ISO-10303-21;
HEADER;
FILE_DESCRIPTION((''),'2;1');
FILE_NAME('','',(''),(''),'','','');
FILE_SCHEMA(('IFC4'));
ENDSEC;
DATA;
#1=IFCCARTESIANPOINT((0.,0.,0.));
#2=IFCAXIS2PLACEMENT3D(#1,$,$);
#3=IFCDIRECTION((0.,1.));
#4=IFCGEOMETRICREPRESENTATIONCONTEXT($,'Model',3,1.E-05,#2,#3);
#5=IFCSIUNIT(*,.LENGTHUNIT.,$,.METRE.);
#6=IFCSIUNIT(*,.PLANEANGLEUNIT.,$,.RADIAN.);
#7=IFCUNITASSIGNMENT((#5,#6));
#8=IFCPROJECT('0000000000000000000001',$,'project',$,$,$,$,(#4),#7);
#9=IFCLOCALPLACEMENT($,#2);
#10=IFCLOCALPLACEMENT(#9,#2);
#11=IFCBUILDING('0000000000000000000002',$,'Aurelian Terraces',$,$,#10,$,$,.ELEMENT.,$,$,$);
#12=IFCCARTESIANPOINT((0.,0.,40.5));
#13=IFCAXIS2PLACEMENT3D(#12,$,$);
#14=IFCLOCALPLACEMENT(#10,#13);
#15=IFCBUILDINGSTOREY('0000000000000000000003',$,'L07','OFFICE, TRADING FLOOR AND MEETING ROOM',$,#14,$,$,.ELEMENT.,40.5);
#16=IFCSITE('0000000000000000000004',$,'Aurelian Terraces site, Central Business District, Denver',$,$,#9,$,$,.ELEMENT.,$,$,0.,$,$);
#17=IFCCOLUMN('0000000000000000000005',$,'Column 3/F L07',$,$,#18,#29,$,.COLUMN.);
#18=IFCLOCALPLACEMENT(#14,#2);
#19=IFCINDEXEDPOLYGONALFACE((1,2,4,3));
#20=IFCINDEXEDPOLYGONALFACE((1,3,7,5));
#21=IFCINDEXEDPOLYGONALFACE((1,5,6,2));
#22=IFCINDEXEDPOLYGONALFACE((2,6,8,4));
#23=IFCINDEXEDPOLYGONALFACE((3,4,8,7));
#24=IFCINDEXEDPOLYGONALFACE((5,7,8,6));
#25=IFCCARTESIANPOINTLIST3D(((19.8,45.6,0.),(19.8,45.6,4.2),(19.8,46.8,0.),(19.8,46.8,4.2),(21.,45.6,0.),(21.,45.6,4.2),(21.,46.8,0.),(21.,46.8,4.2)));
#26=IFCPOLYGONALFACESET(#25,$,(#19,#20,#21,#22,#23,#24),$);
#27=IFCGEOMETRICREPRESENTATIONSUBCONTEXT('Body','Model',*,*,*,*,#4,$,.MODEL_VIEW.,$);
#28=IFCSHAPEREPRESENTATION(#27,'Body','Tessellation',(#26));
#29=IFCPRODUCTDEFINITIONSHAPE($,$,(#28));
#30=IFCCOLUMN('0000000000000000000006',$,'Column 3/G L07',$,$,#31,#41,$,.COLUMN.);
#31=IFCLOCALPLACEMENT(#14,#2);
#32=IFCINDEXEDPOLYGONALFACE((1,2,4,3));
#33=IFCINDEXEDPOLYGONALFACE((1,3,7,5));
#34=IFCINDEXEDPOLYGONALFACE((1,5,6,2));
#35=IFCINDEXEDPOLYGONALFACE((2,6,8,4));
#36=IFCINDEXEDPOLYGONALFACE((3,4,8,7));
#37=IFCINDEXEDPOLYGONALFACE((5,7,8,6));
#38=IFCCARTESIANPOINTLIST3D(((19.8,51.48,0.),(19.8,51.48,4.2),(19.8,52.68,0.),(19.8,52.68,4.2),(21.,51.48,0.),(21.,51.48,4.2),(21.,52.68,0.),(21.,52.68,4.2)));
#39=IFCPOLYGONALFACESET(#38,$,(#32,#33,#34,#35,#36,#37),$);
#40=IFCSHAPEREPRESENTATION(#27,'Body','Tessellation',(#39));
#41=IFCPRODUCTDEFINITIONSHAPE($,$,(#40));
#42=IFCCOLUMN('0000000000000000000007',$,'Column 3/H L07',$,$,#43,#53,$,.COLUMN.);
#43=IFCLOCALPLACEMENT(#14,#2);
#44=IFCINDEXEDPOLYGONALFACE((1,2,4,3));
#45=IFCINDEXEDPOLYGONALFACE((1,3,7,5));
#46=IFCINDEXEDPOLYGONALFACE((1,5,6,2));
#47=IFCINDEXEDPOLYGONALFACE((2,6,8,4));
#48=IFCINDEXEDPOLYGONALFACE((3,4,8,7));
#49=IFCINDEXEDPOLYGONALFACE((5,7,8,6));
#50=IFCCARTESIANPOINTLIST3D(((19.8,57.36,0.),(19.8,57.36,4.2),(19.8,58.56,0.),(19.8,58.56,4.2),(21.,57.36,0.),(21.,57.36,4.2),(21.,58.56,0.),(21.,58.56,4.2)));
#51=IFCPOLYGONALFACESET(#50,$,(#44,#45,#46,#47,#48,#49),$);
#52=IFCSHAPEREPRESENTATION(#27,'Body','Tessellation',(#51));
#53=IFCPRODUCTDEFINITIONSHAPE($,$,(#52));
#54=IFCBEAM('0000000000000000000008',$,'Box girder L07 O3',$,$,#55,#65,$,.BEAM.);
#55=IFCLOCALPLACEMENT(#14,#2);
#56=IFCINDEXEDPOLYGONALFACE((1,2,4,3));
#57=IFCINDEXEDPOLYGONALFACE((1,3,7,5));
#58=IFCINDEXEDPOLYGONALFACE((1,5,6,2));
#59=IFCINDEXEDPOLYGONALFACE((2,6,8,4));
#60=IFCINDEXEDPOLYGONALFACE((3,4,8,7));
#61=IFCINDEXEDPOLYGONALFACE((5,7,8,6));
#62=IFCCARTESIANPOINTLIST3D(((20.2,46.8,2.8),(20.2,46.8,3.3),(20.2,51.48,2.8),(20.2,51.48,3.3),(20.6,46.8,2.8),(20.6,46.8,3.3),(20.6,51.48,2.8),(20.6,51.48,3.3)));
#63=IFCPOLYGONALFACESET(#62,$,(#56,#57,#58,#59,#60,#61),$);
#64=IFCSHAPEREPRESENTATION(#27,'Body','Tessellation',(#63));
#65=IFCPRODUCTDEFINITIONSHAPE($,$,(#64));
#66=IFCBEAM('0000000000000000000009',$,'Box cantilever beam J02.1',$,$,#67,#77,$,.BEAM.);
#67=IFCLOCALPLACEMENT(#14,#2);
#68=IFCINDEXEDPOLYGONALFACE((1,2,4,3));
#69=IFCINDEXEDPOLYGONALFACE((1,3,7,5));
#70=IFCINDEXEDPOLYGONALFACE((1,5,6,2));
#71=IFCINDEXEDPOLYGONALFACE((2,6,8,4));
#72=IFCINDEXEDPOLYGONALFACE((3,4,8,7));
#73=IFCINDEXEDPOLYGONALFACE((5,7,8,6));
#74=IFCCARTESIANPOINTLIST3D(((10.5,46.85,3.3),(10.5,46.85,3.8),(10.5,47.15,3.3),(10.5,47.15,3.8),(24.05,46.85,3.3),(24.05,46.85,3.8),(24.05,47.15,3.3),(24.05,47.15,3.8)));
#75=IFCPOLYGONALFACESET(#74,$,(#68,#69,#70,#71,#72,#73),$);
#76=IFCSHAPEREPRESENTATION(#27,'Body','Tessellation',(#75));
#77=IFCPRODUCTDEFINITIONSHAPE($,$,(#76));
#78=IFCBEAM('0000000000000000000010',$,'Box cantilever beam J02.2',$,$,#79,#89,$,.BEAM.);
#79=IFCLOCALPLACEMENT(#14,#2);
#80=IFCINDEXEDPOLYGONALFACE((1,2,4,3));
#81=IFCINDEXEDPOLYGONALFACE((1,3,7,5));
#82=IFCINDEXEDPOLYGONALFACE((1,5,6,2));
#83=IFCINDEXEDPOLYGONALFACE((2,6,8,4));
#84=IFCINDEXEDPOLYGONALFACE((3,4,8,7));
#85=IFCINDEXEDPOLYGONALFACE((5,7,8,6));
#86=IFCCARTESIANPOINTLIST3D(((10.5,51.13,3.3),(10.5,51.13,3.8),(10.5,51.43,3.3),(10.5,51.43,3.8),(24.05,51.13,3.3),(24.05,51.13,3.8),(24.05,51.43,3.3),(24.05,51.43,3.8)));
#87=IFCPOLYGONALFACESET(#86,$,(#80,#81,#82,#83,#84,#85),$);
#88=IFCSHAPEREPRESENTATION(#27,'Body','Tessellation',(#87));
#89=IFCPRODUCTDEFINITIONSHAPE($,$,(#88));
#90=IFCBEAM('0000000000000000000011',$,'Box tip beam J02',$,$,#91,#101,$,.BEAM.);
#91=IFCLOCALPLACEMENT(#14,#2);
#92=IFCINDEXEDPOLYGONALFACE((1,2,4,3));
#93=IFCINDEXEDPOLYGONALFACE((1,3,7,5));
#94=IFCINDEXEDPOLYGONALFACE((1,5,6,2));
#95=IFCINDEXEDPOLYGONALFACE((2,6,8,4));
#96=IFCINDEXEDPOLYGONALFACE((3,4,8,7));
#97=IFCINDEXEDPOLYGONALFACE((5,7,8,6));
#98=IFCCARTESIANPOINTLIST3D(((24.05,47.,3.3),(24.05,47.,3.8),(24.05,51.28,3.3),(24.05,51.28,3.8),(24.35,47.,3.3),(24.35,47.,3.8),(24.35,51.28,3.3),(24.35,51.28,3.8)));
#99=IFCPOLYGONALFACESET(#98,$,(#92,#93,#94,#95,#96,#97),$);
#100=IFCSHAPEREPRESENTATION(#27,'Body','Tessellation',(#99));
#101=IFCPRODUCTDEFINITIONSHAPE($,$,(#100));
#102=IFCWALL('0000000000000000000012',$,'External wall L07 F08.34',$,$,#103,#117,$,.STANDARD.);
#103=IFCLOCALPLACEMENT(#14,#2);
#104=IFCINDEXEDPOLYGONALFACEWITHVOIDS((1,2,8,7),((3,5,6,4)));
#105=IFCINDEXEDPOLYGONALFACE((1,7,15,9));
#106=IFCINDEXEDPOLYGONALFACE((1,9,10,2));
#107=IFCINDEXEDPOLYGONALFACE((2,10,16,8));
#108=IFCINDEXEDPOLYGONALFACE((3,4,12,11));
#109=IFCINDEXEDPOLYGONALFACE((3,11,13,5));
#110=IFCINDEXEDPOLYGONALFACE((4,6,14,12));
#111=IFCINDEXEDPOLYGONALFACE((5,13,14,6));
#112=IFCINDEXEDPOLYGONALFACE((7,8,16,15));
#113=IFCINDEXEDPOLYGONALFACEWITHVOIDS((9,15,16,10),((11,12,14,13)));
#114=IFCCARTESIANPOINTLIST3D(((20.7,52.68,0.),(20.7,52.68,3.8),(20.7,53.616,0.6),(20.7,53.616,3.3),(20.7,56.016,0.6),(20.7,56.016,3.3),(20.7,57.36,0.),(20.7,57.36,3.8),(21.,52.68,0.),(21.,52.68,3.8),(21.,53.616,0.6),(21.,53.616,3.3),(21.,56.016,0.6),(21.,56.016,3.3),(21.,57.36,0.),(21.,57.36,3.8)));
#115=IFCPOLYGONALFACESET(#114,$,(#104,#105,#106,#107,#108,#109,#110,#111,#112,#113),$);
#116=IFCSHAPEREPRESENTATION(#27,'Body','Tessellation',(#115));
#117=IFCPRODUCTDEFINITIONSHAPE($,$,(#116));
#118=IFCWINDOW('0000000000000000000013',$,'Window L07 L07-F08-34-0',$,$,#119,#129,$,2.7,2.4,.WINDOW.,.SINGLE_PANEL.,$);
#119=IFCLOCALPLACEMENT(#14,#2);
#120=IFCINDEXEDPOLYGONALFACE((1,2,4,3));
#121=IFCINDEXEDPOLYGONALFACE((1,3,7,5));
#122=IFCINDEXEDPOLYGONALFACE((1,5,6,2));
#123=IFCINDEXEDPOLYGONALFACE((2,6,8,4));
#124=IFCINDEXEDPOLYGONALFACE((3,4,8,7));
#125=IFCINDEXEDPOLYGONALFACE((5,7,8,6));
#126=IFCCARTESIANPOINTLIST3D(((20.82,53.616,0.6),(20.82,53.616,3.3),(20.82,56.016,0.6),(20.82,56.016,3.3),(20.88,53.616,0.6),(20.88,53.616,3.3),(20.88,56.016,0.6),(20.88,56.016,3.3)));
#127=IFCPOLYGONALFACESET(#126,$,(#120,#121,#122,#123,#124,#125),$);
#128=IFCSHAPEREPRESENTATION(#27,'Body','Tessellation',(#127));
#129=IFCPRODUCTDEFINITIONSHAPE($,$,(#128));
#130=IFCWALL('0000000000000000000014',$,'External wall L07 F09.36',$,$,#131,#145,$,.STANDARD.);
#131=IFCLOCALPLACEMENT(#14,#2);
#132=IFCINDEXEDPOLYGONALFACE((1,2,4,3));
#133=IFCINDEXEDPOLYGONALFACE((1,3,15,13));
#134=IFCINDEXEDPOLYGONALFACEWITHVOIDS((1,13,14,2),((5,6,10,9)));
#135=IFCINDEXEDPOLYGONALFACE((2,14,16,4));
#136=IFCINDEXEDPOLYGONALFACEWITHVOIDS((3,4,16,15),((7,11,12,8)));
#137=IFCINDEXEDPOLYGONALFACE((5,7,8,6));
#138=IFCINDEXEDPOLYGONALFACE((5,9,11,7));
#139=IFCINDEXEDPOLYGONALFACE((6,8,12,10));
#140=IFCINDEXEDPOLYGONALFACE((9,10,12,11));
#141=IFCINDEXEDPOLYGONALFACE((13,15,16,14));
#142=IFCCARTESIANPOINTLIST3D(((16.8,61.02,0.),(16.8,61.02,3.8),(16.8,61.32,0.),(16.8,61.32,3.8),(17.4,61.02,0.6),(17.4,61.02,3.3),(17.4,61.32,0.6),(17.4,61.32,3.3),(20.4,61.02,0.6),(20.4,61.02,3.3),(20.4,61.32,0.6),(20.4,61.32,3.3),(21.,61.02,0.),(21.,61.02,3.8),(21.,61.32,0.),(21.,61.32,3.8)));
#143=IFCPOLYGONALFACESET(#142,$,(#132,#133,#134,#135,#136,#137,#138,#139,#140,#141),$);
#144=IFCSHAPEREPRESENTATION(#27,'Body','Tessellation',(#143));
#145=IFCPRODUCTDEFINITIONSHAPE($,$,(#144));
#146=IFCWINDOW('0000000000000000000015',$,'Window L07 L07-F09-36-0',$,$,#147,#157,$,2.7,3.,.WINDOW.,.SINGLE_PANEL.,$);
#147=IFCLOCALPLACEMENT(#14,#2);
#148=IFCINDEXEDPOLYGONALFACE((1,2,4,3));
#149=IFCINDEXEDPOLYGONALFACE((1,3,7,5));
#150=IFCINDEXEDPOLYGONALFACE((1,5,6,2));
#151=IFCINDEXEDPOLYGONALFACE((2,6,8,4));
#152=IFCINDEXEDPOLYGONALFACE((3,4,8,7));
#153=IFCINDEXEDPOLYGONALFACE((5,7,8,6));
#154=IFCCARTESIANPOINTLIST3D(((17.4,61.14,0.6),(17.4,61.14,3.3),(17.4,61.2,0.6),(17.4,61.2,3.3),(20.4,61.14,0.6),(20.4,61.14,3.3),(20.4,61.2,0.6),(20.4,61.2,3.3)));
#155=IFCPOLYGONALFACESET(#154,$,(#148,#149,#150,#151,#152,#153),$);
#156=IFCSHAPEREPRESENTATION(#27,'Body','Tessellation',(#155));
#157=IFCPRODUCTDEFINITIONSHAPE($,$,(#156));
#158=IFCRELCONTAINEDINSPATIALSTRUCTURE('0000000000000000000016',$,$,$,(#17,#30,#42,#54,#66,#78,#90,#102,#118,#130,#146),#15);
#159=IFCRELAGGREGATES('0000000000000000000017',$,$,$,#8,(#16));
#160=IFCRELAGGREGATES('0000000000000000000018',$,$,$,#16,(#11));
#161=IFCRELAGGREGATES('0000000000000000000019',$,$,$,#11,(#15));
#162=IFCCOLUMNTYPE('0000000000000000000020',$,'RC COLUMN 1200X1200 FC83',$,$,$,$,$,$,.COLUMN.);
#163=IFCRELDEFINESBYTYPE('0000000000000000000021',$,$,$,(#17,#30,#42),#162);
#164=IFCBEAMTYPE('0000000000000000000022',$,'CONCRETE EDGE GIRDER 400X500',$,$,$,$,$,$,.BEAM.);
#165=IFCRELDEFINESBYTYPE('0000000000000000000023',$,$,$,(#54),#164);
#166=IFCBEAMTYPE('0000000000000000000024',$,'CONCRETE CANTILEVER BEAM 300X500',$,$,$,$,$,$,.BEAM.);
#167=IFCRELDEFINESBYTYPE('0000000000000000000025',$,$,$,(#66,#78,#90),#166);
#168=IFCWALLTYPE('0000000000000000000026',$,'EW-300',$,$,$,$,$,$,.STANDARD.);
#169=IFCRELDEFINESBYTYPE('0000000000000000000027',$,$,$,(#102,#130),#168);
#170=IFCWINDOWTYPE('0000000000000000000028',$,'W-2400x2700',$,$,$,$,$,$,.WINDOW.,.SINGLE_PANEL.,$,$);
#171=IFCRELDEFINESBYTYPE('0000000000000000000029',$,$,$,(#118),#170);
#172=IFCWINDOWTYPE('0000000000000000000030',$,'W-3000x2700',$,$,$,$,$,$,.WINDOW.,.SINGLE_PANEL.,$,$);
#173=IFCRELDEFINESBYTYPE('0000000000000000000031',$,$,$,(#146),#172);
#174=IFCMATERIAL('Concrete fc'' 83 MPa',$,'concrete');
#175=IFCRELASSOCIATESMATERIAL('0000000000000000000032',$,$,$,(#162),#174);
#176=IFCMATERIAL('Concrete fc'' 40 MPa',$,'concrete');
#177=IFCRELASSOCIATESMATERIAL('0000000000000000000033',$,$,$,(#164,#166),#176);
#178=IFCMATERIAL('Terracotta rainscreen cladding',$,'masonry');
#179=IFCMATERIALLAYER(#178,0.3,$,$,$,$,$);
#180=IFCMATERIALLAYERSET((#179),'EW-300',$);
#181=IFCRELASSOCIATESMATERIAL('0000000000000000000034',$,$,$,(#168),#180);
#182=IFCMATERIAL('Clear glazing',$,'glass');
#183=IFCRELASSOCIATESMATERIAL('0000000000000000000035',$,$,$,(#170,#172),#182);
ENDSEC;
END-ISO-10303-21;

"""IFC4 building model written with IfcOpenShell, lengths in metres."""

from ifc_helpers import new_model, si_unit, direction, frame, frame_2d, origin, origin_2d, place, context, subcontext, project, spatial, rectangle, extrude, source, transform, mapped, material, layer, layer_set, material_profile, profile_set, type_object, element, fill, save


model = new_model("IFC4")

# Units and contexts
model_context = context("Model", 3, precision=1e-05, world=origin(), true_north=direction((0.0, 1.0)))
body_context = subcontext(model_context, "Body", "Model", "MODEL_VIEW")
ifc_project = project(units=[si_unit("LENGTHUNIT", "METRE"), si_unit("PLANEANGLEUNIT", "RADIAN")], contexts=[model_context])

# Site, building, storey
site_placement = place(None, origin())
site = spatial("IfcSite", under=ifc_project, at=site_placement, Name="Aurelian Terraces site, Central Business District, Denver", CompositionType="ELEMENT", RefElevation=0.0)
building_placement = place(site_placement, origin())
building = spatial("IfcBuilding", under=site, at=building_placement, Name="Aurelian Terraces", CompositionType="ELEMENT")
storey_placement = place(building_placement, frame((0.0, 0.0, 40.5)))
storey = spatial("IfcBuildingStorey", under=building, at=storey_placement, Name="L07", Description="OFFICE, TRADING FLOOR AND MEETING ROOM", CompositionType="ELEMENT", Elevation=40.5)

# Columns
ifc_material_1 = material(Name="Concrete fc' 83 MPa", Category="concrete")
ifc_material_profile_1 = material_profile(ifc_material_1, rectangle(XDim=1.2, YDim=1.2, at=origin_2d()))
ifc_profile_set_1 = profile_set([ifc_material_profile_1], Name="Concrete fc' 83 MPa")
column_type = type_object("IfcColumnType", Name="RC COLUMN 1200X1200 FC83", PredefinedType="COLUMN", material=ifc_profile_set_1)
shared_shape_1 = source(origin(), body_context, "Body", "SweptSolid", [
    extrude(rectangle(XDim=1.2, YDim=1.2, at=origin_2d()), origin(), (0.0, 0.0, 1.0), 4.2),
])
for number, where, z_axis, x_axis, name in (
    (1, (20.4, 46.2, 0.0), (0.0, 0.0, 1.0), (1.0, 0.0, 0.0), "Column 3/F L07"),
    (2, (20.4, 52.08, 0.0), (0.0, 0.0, 1.0), (1.0, 0.0, 0.0), "Column 3/G L07"),
    (3, (20.4, 57.96, 0.0), (0.0, 0.0, 1.0), (1.0, 0.0, 0.0), "Column 3/H L07"),
):
    element("IfcColumn", number, at=place(storey_placement, frame(where, z_axis=z_axis, x_axis=x_axis)), inside=storey, type_object=column_type, Name=name, PredefinedType="COLUMN", context=body_context, shape_type="MappedRepresentation", body=[
        mapped(shared_shape_1, transform((0.0, 0.0, 0.0), scale=1.0)),
    ])

# Beams
ifc_material_2 = material(Name="Concrete fc' 40 MPa", Category="concrete")
ifc_material_profile_2 = material_profile(ifc_material_2, rectangle(XDim=0.4, YDim=0.5, at=origin_2d()))
ifc_profile_set_2 = profile_set([ifc_material_profile_2], Name="Concrete fc' 40 MPa")
beam_type_1 = type_object("IfcBeamType", Name="CONCRETE EDGE GIRDER 400X500", PredefinedType="BEAM", material=ifc_profile_set_2)
shared_shape_2 = source(origin(), body_context, "Body", "SweptSolid", [
    extrude(rectangle(XDim=0.4, YDim=0.5, at=origin_2d()), origin(), (0.0, 0.0, 1.0), 4.68),
])
beam_1_placement = place(storey_placement, frame((20.4, 46.8, 3.05), z_axis=(0.0, 1.0, 0.0), x_axis=(-1.0, 0.0, 0.0)))
element("IfcBeam", 4, at=beam_1_placement, inside=storey, type_object=beam_type_1, Name="Box girder L07 O3", PredefinedType="BEAM", context=body_context, shape_type="MappedRepresentation", body=[
    mapped(shared_shape_2, transform((0.0, 0.0, 0.0), scale=1.0)),
])
ifc_material_profile_3 = material_profile(ifc_material_2, rectangle(XDim=0.3, YDim=0.5, at=origin_2d()))
ifc_profile_set_3 = profile_set([ifc_material_profile_3], Name="Concrete fc' 40 MPa")
beam_type_2 = type_object("IfcBeamType", Name="CONCRETE CANTILEVER BEAM 300X500", PredefinedType="BEAM", material=ifc_profile_set_3)
shared_shape_3 = source(origin(), body_context, "Body", "SweptSolid", [
    extrude(rectangle(XDim=0.3, YDim=0.5, at=origin_2d()), origin(), (0.0, 0.0, 1.0), 13.55),
])
for number, where, z_axis, x_axis, name in (
    (5, (24.05, 47.0, 3.55), (-1.0, 0.0, 0.0), (0.0, -1.0, 0.0), "Box cantilever beam J02.1"),
    (6, (24.05, 51.28, 3.55), (-1.0, 0.0, 0.0), (0.0, -1.0, 0.0), "Box cantilever beam J02.2"),
):
    element("IfcBeam", number, at=place(storey_placement, frame(where, z_axis=z_axis, x_axis=x_axis)), inside=storey, type_object=beam_type_2, Name=name, PredefinedType="BEAM", context=body_context, shape_type="MappedRepresentation", body=[
        mapped(shared_shape_3, transform((0.0, 0.0, 0.0), scale=1.0)),
    ])
shared_shape_4 = source(origin(), body_context, "Body", "SweptSolid", [
    extrude(rectangle(XDim=0.3, YDim=0.5, at=origin_2d()), origin(), (0.0, 0.0, 1.0), 4.28),
])
beam_2_placement = place(storey_placement, frame((24.2, 47.0, 3.55), z_axis=(0.0, 1.0, 0.0), x_axis=(-1.0, 0.0, 0.0)))
element("IfcBeam", 7, at=beam_2_placement, inside=storey, type_object=beam_type_2, Name="Box tip beam J02", PredefinedType="BEAM", context=body_context, shape_type="MappedRepresentation", body=[
    mapped(shared_shape_4, transform((0.0, 0.0, 0.0), scale=1.0)),
])

# Walls, openings, windows
ifc_material_3 = material(Name="Terracotta rainscreen cladding", Category="masonry")
ifc_layer_1 = layer(ifc_material_3, 0.3)
ifc_layer_set_1 = layer_set([ifc_layer_1], Name="EW-300")
wall_type_1 = type_object("IfcWallType", Name="EW-300", PredefinedType="STANDARD", material=ifc_layer_set_1)
shared_shape_5 = source(origin(), body_context, "Body", "SweptSolid", [
    extrude(rectangle(XDim=4.68, YDim=0.3, at=frame_2d((2.34, 0.0))), origin(), (0.0, 0.0, 1.0), 3.8),
])
wall_1_placement = place(storey_placement, frame((20.85, 52.68, 0.0), z_axis=(0.0, 0.0, 1.0), x_axis=(0.0, 1.0, 0.0)))
wall_1 = element("IfcWall", 8, at=wall_1_placement, inside=storey, type_object=wall_type_1, Name="External wall L07 F08.34", PredefinedType="STANDARD", context=body_context, shape_type="MappedRepresentation", body=[
    mapped(shared_shape_5, transform((0.0, 0.0, 0.0), scale=1.0)),
])
shared_shape_6 = source(origin(), body_context, "Body", "SweptSolid", [
    extrude(rectangle(XDim=2.4, YDim=2.7, at=frame_2d((1.2, 1.35))), frame((0.0, 0.16, 0.0), z_axis=(0.0, -1.0, 0.0), x_axis=(1.0, 0.0, 0.0)), (0.0, 0.0, 1.0), 0.32),
])
opening_1_placement = place(wall_1_placement, frame((0.936, 0.0, 0.6)))
opening_1 = element("IfcOpeningElement", 9, at=opening_1_placement, cuts=wall_1, PredefinedType="OPENING", context=body_context, shape_type="MappedRepresentation", body=[
    mapped(shared_shape_6, transform((0.0, 0.0, 0.0), scale=1.0)),
])
ifc_material_4 = material(Name="Clear glazing", Category="glass")
window_type_1 = type_object("IfcWindowType", Name="W-2400x2700", PartitioningType="SINGLE_PANEL", PredefinedType="WINDOW", material=ifc_material_4)
shared_shape_7 = source(origin(), body_context, "Body", "SweptSolid", [
    extrude(rectangle(XDim=2.4, YDim=2.7, at=frame_2d((1.2, 1.35))), frame((0.0, 0.03, 0.0), z_axis=(0.0, -1.0, 0.0), x_axis=(1.0, 0.0, 0.0)), (0.0, 0.0, 1.0), 0.06),
])
window_1_placement = place(opening_1_placement, origin())
window_1 = element("IfcWindow", 10, at=window_1_placement, inside=storey, type_object=window_type_1, Name="Window L07 L07-F08-34-0", OverallHeight=2.7, OverallWidth=2.4, PartitioningType="SINGLE_PANEL", PredefinedType="WINDOW", context=body_context, shape_type="MappedRepresentation", body=[
    mapped(shared_shape_7, transform((0.0, 0.0, 0.0), scale=1.0)),
])
fill(opening_1, window_1)
shared_shape_8 = source(origin(), body_context, "Body", "SweptSolid", [
    extrude(rectangle(XDim=4.2, YDim=0.3, at=frame_2d((2.1, 0.0))), origin(), (0.0, 0.0, 1.0), 3.8),
])
wall_2_placement = place(storey_placement, frame((21.0, 61.17, 0.0), z_axis=(0.0, 0.0, 1.0), x_axis=(-1.0, 0.0, 0.0)))
wall_2 = element("IfcWall", 11, at=wall_2_placement, inside=storey, type_object=wall_type_1, Name="External wall L07 F09.36", PredefinedType="STANDARD", context=body_context, shape_type="MappedRepresentation", body=[
    mapped(shared_shape_8, transform((0.0, 0.0, 0.0), scale=1.0)),
])
shared_shape_9 = source(origin(), body_context, "Body", "SweptSolid", [
    extrude(rectangle(XDim=3.0, YDim=2.7, at=frame_2d((1.5, 1.35))), frame((0.0, 0.16, 0.0), z_axis=(0.0, -1.0, 0.0), x_axis=(1.0, 0.0, 0.0)), (0.0, 0.0, 1.0), 0.32),
])
opening_2_placement = place(wall_2_placement, frame((0.6, 0.0, 0.6)))
opening_2 = element("IfcOpeningElement", 12, at=opening_2_placement, cuts=wall_2, PredefinedType="OPENING", context=body_context, shape_type="MappedRepresentation", body=[
    mapped(shared_shape_9, transform((0.0, 0.0, 0.0), scale=1.0)),
])
window_type_2 = type_object("IfcWindowType", Name="W-3000x2700", PartitioningType="SINGLE_PANEL", PredefinedType="WINDOW", material=ifc_material_4)
shared_shape_10 = source(origin(), body_context, "Body", "SweptSolid", [
    extrude(rectangle(XDim=3.0, YDim=2.7, at=frame_2d((1.5, 1.35))), frame((0.0, 0.03, 0.0), z_axis=(0.0, -1.0, 0.0), x_axis=(1.0, 0.0, 0.0)), (0.0, 0.0, 1.0), 0.06),
])
window_2_placement = place(opening_2_placement, origin())
window_2 = element("IfcWindow", 13, at=window_2_placement, inside=storey, type_object=window_type_2, Name="Window L07 L07-F09-36-0", OverallHeight=2.7, OverallWidth=3.0, PartitioningType="SINGLE_PANEL", PredefinedType="WINDOW", context=body_context, shape_type="MappedRepresentation", body=[
    mapped(shared_shape_10, transform((0.0, 0.0, 0.0), scale=1.0)),
])
fill(opening_2, window_2)

save(model, "model.ifc")
